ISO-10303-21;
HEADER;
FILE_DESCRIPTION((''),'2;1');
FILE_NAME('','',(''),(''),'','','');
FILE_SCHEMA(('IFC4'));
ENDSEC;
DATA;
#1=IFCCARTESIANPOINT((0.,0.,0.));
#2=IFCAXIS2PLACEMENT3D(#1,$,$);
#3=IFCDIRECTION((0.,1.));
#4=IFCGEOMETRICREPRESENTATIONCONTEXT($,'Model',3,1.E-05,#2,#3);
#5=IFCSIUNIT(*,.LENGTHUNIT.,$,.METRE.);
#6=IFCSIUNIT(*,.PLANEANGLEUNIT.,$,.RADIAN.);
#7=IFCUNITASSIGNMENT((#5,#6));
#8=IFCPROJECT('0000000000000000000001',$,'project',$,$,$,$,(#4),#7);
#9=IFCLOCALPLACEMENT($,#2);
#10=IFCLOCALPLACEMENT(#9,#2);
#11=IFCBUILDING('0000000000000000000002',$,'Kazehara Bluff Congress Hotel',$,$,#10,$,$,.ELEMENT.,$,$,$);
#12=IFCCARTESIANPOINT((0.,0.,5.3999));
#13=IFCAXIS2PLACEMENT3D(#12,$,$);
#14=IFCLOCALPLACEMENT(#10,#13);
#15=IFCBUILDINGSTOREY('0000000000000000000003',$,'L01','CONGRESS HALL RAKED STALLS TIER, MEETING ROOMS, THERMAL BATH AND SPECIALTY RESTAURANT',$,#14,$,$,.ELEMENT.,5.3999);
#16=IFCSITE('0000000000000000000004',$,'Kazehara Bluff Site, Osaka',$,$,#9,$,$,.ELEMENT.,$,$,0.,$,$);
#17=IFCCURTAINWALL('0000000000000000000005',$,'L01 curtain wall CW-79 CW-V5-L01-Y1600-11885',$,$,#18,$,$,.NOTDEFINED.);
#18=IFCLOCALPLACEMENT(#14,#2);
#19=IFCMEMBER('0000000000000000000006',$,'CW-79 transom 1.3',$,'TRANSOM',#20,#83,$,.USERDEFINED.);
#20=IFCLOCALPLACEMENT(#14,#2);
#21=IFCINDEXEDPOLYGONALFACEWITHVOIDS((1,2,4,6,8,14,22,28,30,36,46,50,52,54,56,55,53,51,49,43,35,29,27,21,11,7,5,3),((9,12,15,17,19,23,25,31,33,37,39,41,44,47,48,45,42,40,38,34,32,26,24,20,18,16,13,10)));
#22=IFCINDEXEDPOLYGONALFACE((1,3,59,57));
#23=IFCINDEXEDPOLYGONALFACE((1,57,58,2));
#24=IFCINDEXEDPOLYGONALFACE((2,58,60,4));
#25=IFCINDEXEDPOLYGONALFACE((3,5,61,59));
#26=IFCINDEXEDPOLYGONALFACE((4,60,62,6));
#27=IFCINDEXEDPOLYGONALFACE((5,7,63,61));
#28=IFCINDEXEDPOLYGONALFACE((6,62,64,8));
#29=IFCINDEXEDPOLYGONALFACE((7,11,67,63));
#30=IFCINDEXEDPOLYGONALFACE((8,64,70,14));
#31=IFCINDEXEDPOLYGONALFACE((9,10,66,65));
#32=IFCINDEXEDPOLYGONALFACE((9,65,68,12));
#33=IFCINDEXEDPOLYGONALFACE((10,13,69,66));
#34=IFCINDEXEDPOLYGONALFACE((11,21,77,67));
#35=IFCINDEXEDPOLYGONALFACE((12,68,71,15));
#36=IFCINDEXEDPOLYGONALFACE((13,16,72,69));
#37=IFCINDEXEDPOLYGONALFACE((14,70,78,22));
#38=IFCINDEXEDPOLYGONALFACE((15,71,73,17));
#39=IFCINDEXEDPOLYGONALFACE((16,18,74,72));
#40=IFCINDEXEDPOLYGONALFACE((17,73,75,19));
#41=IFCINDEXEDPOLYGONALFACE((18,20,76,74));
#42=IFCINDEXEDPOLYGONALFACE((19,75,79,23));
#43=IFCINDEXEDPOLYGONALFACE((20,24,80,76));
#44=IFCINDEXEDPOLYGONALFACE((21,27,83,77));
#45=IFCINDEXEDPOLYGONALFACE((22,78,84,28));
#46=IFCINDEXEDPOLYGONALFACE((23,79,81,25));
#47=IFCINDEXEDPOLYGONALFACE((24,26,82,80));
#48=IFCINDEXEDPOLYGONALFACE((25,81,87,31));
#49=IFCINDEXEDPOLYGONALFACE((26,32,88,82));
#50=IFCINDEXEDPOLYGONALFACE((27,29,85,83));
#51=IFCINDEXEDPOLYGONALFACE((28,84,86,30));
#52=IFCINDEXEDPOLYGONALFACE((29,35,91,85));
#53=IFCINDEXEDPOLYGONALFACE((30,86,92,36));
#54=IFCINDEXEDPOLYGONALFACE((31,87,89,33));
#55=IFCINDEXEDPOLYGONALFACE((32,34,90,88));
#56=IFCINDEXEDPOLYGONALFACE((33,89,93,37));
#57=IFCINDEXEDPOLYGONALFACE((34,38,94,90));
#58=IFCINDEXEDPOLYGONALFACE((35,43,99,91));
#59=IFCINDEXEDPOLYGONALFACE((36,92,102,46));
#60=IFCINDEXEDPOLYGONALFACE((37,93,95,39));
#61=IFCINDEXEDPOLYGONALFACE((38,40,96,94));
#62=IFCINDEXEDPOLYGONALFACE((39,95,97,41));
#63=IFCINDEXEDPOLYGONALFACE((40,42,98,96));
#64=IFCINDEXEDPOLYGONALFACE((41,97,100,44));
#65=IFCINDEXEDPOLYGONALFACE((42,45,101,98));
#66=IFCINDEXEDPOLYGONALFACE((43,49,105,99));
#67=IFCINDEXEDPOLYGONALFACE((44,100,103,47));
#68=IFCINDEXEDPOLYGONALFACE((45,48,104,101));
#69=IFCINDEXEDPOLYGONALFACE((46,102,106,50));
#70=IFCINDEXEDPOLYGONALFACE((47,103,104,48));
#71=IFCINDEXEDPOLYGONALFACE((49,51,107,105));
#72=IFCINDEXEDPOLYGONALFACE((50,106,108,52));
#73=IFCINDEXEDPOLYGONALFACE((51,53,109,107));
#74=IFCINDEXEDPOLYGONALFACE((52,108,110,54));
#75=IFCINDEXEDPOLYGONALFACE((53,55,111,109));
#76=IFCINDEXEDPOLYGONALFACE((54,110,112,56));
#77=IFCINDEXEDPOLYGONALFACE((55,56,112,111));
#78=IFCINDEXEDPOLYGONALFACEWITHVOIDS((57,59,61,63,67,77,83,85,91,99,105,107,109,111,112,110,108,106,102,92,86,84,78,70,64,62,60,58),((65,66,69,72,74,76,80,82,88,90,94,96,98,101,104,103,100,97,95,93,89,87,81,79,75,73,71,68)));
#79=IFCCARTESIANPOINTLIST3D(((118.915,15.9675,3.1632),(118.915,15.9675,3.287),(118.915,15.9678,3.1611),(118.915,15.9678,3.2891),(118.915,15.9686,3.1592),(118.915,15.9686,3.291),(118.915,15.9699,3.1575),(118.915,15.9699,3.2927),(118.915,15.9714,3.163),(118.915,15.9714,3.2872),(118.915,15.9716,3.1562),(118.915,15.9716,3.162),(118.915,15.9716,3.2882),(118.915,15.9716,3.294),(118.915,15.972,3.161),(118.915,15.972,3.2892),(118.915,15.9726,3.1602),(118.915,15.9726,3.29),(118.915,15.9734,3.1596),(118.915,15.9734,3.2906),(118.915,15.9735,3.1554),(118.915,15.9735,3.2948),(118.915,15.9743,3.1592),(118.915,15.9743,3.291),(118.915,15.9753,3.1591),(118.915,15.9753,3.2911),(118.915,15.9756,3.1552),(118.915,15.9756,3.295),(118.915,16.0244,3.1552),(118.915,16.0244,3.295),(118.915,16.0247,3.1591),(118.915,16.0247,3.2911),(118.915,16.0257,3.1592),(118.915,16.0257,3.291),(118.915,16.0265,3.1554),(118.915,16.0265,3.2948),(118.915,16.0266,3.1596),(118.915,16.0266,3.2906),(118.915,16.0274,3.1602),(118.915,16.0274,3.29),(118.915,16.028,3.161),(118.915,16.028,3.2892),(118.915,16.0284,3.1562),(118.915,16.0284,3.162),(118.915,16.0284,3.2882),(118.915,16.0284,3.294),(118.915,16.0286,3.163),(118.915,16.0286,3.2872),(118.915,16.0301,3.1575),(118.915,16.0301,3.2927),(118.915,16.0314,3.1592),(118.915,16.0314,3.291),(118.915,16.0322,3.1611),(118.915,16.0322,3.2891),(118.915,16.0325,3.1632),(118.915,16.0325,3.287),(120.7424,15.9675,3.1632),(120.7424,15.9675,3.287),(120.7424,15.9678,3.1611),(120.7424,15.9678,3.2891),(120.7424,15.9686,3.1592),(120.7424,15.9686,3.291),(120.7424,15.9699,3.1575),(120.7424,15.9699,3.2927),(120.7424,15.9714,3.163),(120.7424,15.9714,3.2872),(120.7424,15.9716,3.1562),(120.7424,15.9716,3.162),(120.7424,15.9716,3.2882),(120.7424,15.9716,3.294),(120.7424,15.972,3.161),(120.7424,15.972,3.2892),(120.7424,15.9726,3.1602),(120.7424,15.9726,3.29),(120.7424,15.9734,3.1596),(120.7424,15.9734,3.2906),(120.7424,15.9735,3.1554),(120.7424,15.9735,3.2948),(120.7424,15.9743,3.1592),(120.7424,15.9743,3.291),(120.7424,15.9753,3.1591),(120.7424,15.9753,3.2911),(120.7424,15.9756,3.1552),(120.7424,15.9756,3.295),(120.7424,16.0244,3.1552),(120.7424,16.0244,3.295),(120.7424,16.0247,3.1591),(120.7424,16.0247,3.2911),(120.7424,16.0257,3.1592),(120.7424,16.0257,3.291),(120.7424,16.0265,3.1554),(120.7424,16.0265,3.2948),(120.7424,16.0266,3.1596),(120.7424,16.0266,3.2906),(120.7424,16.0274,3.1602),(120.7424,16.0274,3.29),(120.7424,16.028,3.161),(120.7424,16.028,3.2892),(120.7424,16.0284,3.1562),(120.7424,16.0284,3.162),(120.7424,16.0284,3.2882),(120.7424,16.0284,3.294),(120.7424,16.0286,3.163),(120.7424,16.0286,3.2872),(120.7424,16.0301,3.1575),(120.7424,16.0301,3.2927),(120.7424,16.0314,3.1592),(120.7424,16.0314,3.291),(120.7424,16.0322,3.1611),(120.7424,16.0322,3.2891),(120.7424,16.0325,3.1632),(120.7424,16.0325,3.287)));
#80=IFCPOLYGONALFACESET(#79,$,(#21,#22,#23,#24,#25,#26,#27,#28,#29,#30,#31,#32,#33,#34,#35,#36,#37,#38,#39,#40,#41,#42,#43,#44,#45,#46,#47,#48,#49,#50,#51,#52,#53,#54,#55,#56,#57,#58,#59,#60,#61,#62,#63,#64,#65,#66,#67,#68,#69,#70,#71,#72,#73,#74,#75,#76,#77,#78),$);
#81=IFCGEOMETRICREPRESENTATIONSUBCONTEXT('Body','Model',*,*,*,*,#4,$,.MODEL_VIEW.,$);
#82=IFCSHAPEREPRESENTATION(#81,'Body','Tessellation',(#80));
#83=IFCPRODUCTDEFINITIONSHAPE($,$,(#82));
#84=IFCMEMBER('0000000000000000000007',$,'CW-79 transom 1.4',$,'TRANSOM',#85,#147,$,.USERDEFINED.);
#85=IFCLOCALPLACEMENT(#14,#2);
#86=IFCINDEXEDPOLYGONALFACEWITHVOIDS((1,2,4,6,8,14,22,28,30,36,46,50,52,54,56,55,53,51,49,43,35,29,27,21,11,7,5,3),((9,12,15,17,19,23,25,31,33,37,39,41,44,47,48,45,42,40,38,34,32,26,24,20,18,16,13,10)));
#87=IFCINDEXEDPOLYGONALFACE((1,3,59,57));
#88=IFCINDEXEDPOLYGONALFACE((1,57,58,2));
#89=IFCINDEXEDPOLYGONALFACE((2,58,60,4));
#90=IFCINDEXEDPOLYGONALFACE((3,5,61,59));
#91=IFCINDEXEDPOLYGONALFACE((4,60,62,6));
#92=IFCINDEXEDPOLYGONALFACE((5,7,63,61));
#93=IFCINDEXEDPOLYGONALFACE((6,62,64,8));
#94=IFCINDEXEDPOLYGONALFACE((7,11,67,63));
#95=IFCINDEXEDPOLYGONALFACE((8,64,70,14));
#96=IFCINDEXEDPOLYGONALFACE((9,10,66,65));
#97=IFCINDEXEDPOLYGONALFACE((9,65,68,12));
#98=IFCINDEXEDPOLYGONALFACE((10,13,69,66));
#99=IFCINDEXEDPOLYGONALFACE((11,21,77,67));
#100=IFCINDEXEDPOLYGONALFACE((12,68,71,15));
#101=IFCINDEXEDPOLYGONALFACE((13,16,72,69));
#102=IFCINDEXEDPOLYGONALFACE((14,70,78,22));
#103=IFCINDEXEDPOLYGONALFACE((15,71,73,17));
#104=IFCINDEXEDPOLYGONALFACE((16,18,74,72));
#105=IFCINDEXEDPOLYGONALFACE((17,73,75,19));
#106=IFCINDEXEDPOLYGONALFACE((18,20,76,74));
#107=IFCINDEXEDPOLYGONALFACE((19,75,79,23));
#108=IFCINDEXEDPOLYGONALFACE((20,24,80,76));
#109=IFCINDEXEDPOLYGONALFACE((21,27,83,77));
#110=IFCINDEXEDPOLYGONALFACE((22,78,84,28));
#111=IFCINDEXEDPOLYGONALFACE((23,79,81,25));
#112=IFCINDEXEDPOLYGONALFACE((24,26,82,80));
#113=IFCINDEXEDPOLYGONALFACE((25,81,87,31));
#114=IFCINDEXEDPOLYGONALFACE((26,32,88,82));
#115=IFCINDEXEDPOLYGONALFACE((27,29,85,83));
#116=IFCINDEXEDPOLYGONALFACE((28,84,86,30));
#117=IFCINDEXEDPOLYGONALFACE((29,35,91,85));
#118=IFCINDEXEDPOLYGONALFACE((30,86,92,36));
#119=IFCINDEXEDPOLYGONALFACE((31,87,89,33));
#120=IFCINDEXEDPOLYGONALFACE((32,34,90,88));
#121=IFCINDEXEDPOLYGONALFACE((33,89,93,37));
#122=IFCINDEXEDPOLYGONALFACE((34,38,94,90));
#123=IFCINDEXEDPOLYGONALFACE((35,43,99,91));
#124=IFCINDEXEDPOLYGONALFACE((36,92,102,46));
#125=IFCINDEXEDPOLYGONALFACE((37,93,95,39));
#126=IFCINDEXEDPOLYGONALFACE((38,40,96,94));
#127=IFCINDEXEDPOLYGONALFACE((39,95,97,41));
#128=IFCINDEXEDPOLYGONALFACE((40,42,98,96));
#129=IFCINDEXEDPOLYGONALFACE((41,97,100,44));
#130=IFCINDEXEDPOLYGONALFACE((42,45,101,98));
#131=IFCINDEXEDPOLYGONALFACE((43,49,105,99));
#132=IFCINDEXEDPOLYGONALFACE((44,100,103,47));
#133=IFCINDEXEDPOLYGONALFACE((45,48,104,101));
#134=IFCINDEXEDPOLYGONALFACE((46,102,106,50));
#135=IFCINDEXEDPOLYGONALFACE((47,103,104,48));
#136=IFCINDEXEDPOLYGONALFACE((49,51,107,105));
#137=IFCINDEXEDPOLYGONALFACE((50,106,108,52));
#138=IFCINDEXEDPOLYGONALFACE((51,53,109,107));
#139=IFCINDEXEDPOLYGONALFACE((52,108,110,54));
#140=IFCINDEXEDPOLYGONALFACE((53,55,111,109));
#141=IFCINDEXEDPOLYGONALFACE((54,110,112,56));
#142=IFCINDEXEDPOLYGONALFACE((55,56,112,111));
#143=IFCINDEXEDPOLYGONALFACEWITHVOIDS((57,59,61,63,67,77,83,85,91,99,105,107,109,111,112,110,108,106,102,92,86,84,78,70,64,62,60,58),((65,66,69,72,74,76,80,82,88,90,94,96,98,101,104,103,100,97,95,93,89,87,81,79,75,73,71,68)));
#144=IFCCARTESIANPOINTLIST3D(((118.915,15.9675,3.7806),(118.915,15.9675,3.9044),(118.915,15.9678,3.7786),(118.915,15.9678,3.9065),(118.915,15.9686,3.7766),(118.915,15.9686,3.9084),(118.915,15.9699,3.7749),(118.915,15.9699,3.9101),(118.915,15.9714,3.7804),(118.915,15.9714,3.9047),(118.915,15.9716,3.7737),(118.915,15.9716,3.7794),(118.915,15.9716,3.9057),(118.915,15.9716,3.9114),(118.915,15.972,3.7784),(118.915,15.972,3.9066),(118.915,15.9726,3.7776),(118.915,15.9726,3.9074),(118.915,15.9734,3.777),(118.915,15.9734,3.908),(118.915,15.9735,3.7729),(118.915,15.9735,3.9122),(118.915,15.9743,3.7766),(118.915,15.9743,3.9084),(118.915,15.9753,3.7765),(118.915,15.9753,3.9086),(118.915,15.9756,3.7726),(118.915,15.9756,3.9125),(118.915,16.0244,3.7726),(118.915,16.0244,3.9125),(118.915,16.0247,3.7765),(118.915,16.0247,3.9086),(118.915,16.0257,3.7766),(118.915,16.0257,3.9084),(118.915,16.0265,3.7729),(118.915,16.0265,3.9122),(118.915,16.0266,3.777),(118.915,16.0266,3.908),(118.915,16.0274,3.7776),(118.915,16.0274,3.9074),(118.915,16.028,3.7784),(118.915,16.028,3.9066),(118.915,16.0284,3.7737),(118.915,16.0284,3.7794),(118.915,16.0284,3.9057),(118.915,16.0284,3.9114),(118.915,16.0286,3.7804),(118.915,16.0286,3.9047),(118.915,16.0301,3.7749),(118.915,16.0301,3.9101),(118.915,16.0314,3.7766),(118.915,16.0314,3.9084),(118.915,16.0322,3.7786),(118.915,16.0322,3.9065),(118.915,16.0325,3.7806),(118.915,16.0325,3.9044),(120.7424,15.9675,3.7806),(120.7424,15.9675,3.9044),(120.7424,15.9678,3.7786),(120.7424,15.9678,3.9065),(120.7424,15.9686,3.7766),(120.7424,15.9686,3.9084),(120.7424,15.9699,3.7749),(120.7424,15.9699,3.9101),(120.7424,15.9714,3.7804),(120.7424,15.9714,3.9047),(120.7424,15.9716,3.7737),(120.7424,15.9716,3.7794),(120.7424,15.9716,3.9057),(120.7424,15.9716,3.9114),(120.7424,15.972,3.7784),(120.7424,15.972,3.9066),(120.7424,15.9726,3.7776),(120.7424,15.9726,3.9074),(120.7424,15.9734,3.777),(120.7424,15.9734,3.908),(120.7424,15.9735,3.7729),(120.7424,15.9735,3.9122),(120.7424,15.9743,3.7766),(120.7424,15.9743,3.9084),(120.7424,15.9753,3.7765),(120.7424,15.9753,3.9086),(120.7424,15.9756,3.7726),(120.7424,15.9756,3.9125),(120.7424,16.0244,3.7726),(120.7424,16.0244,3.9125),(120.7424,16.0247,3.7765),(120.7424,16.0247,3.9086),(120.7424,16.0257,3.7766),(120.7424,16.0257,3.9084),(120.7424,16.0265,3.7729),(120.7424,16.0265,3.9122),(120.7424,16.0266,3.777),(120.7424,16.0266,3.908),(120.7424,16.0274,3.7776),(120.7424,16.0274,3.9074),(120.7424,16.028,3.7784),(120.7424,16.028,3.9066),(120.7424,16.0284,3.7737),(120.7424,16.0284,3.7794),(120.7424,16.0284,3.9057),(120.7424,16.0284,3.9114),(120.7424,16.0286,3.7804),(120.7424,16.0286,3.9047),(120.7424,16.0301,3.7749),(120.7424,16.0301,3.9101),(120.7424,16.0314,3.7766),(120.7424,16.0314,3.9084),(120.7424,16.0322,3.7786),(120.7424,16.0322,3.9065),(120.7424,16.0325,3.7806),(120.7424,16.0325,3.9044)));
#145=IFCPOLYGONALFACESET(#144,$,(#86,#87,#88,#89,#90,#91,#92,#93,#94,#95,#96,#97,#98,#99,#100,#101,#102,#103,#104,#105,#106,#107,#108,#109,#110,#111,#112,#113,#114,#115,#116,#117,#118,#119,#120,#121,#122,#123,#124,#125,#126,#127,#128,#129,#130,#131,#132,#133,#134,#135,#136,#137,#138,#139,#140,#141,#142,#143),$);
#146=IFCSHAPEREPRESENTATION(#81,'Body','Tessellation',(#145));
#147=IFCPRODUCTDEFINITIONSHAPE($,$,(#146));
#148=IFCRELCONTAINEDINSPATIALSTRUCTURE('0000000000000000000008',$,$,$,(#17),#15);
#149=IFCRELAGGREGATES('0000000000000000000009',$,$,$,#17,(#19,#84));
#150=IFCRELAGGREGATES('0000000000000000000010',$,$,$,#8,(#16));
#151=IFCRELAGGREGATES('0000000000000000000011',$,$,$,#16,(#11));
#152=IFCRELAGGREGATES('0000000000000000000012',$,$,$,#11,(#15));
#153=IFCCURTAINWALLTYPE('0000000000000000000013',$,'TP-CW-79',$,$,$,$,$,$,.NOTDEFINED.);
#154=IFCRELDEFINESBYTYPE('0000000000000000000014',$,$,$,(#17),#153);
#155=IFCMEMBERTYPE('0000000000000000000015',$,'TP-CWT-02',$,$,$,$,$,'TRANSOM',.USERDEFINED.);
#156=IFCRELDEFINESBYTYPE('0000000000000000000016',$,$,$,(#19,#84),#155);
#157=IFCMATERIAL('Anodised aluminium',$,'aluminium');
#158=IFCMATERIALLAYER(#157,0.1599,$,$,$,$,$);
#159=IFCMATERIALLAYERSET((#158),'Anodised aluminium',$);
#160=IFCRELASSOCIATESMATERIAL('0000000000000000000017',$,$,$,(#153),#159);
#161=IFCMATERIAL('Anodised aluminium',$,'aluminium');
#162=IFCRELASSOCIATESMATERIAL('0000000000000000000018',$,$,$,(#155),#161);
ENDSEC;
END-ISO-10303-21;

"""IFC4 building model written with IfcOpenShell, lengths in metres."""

from ifc_helpers import new_model, si_unit, direction, frame, origin, origin_2d, place, context, subcontext, project, spatial, hollow_rectangle, extrude, material, layer, layer_set, material_profile, profile_set, type_object, element, aggregate, save


model = new_model("IFC4")

# Units and contexts
model_context = context("Model", 3, precision=1e-05, world=origin(), true_north=direction((0.0, 1.0)))
body_context = subcontext(model_context, "Body", "Model", "MODEL_VIEW")
ifc_project = project(units=[si_unit("LENGTHUNIT", "METRE"), si_unit("PLANEANGLEUNIT", "RADIAN")], contexts=[model_context])

# Site, building, storey
site_placement = place(None, origin())
site = spatial("IfcSite", under=ifc_project, at=site_placement, Name="Kazehara Bluff Site, Osaka", CompositionType="ELEMENT", RefElevation=0.0)
building_placement = place(site_placement, origin())
building = spatial("IfcBuilding", under=site, at=building_placement, Name="Kazehara Bluff Congress Hotel", CompositionType="ELEMENT")
storey_placement = place(building_placement, frame((0.0, 0.0, 5.3999)))
storey = spatial("IfcBuildingStorey", under=building, at=storey_placement, Name="L01", Description="CONGRESS HALL RAKED STALLS TIER, MEETING ROOMS, THERMAL BATH AND SPECIALTY RESTAURANT", CompositionType="ELEMENT", Elevation=5.3999)

# Curtain wall, members
ifc_material_1 = material(Name="Anodised aluminium", Category="aluminium")
ifc_layer_1 = layer(ifc_material_1, 0.1599)
ifc_layer_set_1 = layer_set([ifc_layer_1], Name="Anodised aluminium")
curtain_wall_type = type_object("IfcCurtainWallType", Name="TP-CW-79", PredefinedType="NOTDEFINED", material=ifc_layer_set_1)
curtain_wall_placement = place(storey_placement, origin())
curtain_wall = element("IfcCurtainWall", 1, at=curtain_wall_placement, inside=storey, type_object=curtain_wall_type, Name="L01 curtain wall CW-79 CW-V5-L01-Y1600-11885", PredefinedType="NOTDEFINED")
ifc_material_2 = material(Name="Anodised aluminium", Category="aluminium")
ifc_material_profile_1 = material_profile(ifc_material_2, hollow_rectangle(XDim=0.0649, YDim=0.1399, WallThickness=0.0039, InnerFilletRadius=0.0039, OuterFilletRadius=0.0081, at=origin_2d()))
ifc_profile_set_1 = profile_set([ifc_material_profile_1], Name="Anodised aluminium")
member_type_1 = type_object("IfcMemberType", Name="TP-CWT-02", ElementType="TRANSOM", PredefinedType="USERDEFINED", material=ifc_profile_set_1)
member_1_placement = place(storey_placement, frame((118.915, 16.0, 3.2251), z_axis=(1.0, 0.0, 0.0), x_axis=(0.0, 1.0, 0.0)))
member_1 = element("IfcMember", 2, at=member_1_placement, type_object=member_type_1, Name="CW-79 transom 1.3", ObjectType="TRANSOM", PredefinedType="USERDEFINED", context=body_context, shape_type="SweptSolid", body=[
    extrude(hollow_rectangle(XDim=0.0649, YDim=0.1399, WallThickness=0.0039, InnerFilletRadius=0.0039, OuterFilletRadius=0.0081, at=origin_2d()), origin(), (0.0, 0.0, 1.0), 1.8274),
])
member_2_placement = place(storey_placement, frame((118.915, 16.0, 3.8425), z_axis=(1.0, 0.0, 0.0), x_axis=(0.0, 1.0, 0.0)))
member_2 = element("IfcMember", 3, at=member_2_placement, type_object=member_type_1, Name="CW-79 transom 1.4", ObjectType="TRANSOM", PredefinedType="USERDEFINED", context=body_context, shape_type="SweptSolid", body=[
    extrude(hollow_rectangle(XDim=0.0649, YDim=0.1399, WallThickness=0.0039, InnerFilletRadius=0.0039, OuterFilletRadius=0.0081, at=origin_2d()), origin(), (0.0, 0.0, 1.0), 1.8274),
])
aggregate(curtain_wall, [member_1, member_2])

save(model, "model.ifc")
